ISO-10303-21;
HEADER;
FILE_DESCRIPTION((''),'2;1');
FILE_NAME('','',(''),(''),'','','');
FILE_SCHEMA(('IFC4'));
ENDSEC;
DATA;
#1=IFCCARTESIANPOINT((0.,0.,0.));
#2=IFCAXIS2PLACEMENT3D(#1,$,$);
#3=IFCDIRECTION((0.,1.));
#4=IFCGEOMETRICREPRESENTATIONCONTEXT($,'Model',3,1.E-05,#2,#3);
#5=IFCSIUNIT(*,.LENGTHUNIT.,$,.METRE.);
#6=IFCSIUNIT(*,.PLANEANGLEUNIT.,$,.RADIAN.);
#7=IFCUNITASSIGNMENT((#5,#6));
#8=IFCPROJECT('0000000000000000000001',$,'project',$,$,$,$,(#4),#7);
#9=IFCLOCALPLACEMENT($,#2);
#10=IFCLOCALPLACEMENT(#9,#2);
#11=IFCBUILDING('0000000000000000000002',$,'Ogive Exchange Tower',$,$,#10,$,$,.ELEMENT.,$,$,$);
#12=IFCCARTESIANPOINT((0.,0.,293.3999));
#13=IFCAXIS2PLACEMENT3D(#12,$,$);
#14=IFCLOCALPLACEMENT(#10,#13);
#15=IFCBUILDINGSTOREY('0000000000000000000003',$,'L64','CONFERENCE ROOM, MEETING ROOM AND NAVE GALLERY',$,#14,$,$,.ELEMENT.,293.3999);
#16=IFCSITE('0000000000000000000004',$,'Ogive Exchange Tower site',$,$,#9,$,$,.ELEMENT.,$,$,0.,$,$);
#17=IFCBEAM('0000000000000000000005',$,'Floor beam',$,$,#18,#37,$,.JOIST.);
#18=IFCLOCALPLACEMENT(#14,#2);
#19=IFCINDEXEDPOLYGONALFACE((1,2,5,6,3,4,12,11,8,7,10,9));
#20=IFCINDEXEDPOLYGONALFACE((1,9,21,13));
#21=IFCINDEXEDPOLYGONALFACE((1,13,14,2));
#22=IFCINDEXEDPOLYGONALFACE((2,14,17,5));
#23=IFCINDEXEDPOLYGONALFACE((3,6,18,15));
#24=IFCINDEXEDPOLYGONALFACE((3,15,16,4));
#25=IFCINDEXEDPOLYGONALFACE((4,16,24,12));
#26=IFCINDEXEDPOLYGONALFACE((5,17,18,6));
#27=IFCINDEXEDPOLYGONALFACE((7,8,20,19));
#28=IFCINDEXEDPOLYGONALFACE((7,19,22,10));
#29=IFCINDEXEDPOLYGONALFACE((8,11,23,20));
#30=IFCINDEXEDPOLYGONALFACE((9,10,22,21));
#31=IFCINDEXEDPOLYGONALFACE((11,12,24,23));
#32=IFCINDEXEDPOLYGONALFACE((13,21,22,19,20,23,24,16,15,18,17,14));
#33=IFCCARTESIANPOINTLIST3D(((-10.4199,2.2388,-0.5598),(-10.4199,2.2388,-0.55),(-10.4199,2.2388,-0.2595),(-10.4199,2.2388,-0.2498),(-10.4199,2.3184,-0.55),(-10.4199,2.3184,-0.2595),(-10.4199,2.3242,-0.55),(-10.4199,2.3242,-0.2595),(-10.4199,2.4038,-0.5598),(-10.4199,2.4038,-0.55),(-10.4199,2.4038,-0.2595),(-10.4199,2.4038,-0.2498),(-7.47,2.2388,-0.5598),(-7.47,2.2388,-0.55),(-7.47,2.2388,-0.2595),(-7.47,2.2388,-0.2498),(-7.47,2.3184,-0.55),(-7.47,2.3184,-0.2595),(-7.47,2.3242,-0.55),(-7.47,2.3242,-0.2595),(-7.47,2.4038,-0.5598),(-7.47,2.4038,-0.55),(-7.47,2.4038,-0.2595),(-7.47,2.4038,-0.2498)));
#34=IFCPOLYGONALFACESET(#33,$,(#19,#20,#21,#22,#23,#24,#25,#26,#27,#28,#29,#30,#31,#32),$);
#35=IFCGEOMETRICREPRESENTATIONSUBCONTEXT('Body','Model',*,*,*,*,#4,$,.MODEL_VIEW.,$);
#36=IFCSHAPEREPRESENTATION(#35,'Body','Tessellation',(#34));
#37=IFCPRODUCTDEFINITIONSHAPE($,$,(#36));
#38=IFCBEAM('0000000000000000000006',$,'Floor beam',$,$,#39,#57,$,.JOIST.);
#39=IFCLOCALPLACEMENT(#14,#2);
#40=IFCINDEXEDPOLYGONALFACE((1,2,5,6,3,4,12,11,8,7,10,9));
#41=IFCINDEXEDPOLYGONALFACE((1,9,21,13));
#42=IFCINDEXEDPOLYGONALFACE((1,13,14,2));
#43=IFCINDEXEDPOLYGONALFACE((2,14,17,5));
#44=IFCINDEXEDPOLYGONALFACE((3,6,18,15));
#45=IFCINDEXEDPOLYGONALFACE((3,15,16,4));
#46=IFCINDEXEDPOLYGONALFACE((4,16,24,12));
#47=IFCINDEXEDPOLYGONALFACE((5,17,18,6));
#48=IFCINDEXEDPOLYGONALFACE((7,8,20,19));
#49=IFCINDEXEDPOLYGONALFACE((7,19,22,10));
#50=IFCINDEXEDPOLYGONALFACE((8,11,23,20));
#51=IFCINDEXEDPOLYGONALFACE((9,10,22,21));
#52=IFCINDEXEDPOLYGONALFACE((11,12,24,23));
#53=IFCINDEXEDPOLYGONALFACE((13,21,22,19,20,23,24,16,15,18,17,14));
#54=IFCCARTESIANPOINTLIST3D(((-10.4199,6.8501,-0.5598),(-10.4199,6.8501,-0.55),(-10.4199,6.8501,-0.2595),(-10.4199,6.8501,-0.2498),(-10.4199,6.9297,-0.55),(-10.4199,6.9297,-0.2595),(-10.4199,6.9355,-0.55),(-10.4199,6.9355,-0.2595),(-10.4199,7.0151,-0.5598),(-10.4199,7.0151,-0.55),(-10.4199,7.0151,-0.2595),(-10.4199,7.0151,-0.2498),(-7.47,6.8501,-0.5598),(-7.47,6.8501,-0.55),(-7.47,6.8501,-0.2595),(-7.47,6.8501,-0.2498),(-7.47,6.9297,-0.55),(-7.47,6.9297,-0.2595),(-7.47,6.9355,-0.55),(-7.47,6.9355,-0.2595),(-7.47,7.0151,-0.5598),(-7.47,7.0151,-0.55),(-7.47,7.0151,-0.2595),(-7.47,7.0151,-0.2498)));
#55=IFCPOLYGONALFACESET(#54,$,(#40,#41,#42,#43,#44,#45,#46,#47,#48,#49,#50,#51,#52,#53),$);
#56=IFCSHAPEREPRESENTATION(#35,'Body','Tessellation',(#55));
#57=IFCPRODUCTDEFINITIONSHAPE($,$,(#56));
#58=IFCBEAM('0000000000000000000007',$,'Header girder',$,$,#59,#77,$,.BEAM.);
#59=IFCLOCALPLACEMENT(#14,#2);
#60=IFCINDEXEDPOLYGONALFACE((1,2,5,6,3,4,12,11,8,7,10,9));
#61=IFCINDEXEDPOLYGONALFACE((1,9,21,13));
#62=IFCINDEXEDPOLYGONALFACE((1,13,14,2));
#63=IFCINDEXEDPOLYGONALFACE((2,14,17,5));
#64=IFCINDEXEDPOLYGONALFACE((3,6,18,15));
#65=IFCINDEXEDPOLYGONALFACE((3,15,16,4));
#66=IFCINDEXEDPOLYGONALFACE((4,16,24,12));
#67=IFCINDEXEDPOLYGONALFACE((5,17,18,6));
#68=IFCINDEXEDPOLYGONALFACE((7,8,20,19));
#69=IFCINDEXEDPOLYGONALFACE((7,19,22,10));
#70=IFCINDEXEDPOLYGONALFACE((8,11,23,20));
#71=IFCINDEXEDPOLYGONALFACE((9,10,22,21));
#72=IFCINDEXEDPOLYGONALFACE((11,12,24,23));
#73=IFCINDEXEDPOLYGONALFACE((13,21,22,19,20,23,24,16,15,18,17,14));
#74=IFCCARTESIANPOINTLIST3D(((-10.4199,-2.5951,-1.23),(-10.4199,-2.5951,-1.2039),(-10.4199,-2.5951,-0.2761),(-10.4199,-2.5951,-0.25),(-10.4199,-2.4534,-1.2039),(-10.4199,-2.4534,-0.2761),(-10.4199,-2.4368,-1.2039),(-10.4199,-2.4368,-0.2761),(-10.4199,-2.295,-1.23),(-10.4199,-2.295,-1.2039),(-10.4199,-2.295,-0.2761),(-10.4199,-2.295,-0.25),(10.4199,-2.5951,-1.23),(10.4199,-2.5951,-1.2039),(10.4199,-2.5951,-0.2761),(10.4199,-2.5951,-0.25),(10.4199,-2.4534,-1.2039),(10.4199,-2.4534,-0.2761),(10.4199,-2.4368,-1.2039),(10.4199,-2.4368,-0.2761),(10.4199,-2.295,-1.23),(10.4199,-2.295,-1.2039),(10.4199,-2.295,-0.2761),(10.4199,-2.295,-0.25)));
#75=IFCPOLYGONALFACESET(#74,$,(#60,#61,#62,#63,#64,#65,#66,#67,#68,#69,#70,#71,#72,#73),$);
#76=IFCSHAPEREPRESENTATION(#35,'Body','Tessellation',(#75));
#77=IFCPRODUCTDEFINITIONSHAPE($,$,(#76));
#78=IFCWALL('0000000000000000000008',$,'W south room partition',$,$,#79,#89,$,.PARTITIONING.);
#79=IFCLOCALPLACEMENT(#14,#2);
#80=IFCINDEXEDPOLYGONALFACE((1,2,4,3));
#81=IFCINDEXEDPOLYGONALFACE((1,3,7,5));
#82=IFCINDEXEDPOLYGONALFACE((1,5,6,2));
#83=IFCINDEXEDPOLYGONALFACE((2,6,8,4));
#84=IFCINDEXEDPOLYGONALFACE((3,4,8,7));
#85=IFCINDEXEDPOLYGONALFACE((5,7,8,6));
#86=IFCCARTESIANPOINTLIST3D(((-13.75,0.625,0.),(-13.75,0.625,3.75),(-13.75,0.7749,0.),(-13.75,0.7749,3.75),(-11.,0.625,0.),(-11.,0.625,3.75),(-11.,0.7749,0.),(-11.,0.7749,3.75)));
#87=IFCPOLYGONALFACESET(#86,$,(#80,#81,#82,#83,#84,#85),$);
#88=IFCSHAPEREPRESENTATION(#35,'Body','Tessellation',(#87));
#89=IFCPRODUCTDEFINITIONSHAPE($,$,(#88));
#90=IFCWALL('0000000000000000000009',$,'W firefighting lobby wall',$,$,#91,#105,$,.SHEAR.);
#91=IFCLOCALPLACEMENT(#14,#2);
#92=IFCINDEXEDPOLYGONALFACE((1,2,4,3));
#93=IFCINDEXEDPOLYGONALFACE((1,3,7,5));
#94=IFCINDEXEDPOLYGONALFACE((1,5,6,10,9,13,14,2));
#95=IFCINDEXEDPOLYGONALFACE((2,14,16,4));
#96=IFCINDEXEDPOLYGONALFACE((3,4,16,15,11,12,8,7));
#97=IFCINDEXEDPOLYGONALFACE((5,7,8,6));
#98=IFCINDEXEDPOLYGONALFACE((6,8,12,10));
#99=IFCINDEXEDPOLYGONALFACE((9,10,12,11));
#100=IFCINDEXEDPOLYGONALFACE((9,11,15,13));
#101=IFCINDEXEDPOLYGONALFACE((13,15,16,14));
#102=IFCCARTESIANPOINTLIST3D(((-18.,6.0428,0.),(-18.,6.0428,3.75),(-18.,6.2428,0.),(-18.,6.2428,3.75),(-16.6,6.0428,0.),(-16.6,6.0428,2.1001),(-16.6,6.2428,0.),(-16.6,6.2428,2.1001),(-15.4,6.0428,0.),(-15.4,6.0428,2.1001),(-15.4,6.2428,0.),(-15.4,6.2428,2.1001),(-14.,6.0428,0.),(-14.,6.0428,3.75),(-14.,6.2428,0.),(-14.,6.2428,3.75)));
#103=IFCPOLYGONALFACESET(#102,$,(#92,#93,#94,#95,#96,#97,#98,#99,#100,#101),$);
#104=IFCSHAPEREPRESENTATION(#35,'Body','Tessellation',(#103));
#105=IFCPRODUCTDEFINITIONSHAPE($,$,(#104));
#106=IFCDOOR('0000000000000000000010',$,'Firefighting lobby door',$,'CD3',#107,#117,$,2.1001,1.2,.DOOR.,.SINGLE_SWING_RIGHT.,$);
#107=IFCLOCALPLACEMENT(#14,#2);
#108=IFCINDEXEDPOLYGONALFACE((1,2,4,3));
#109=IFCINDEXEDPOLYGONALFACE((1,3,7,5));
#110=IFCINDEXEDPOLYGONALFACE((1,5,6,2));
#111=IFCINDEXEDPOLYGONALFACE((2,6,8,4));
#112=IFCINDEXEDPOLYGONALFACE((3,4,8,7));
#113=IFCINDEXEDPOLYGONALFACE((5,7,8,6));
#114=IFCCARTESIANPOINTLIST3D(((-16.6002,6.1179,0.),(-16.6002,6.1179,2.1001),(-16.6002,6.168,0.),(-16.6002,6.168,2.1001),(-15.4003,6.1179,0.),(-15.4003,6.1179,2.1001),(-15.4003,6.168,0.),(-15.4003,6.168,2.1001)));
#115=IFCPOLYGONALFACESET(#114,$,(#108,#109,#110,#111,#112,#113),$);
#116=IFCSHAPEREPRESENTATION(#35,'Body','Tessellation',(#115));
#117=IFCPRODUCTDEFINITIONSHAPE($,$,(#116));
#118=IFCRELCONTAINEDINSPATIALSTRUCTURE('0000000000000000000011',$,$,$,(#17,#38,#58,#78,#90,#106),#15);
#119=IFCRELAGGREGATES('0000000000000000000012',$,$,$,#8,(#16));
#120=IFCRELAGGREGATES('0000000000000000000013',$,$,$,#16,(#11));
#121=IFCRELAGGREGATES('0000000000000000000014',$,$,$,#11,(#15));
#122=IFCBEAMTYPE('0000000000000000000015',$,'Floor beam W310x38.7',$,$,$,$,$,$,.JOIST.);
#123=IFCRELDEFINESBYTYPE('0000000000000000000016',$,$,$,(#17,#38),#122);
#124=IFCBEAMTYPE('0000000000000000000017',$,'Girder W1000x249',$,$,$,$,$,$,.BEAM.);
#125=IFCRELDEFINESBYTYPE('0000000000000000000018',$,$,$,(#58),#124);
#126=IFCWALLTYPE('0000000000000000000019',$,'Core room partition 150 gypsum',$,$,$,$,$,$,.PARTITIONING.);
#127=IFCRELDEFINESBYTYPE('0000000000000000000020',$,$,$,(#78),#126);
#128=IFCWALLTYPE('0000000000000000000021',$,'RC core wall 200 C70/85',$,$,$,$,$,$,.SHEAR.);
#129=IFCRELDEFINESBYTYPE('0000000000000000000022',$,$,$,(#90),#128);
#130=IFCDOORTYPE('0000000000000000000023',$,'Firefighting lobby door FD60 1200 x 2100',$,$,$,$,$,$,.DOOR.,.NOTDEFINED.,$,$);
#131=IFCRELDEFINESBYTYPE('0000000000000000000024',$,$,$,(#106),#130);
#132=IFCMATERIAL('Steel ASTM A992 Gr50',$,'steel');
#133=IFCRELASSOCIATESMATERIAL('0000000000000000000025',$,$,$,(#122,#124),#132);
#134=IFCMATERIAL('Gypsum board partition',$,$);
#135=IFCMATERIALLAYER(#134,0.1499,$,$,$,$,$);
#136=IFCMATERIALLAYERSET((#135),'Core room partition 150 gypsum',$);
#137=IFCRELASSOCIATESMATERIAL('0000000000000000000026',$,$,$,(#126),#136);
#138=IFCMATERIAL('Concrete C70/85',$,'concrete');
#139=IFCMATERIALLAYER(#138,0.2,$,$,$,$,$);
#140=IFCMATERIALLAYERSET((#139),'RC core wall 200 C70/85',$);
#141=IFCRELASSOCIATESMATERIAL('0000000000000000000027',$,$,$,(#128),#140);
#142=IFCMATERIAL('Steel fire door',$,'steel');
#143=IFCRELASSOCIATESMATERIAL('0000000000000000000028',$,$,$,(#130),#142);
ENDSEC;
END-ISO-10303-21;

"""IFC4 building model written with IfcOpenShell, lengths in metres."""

from ifc_helpers import new_model, si_unit, direction, frame, frame_2d, origin, origin_2d, place, context, subcontext, project, spatial, rectangle, i_section, extrude, material, layer, layer_set, material_profile, profile_set, type_object, element, fill, save


model = new_model("IFC4")

# Units and contexts
model_context = context("Model", 3, precision=1e-05, world=origin(), true_north=direction((0.0, 1.0)))
body_context = subcontext(model_context, "Body", "Model", "MODEL_VIEW")
ifc_project = project(units=[si_unit("LENGTHUNIT", "METRE"), si_unit("PLANEANGLEUNIT", "RADIAN")], contexts=[model_context])

# Site, building, storey
site_placement = place(None, origin())
site = spatial("IfcSite", under=ifc_project, at=site_placement, Name="Ogive Exchange Tower site", CompositionType="ELEMENT", RefElevation=0.0)
building_placement = place(site_placement, origin())
building = spatial("IfcBuilding", under=site, at=building_placement, Name="Ogive Exchange Tower", CompositionType="ELEMENT")
storey_placement = place(building_placement, frame((0.0, 0.0, 293.3999)))
storey = spatial("IfcBuildingStorey", under=building, at=storey_placement, Name="L64", Description="CONFERENCE ROOM, MEETING ROOM AND NAVE GALLERY", CompositionType="ELEMENT", Elevation=293.3999)

# Beams
ifc_material_1 = material(Name="Steel ASTM A992 Gr50", Category="steel")
ifc_material_profile_1 = material_profile(ifc_material_1, i_section(OverallWidth=0.165, OverallDepth=0.3101, WebThickness=0.0059, FlangeThickness=0.0098, at=origin_2d()), Name="W310x38.7")
ifc_profile_set_1 = profile_set([ifc_material_profile_1], Name="Steel ASTM A992 Gr50")
beam_type_1 = type_object("IfcBeamType", Name="Floor beam W310x38.7", PredefinedType="JOIST", material=ifc_profile_set_1)
for number, where, z_axis, x_axis, name in (
    (1, (-10.4199, 2.3213, -0.4048), (1.0, 0.0, 0.0), (0.0, 1.0, 0.0), "Floor beam"),
    (2, (-10.4199, 6.9326, -0.4048), (1.0, 0.0, 0.0), (0.0, 1.0, 0.0), "Floor beam"),
):
    element("IfcBeam", number, at=place(storey_placement, frame(where, z_axis=z_axis, x_axis=x_axis)), inside=storey, type_object=beam_type_1, Name=name, PredefinedType="JOIST", context=body_context, shape_type="SweptSolid", body=[
        extrude(i_section(OverallWidth=0.165, OverallDepth=0.3101, WebThickness=0.0059, FlangeThickness=0.0098, at=origin_2d()), origin(), (0.0, 0.0, 1.0), 2.95),
    ])
ifc_material_profile_2 = material_profile(ifc_material_1, i_section(OverallWidth=0.3, OverallDepth=0.98, WebThickness=0.0166, FlangeThickness=0.0261, at=origin_2d()), Name="W1000x249")
ifc_profile_set_2 = profile_set([ifc_material_profile_2], Name="Steel ASTM A992 Gr50")
beam_type_2 = type_object("IfcBeamType", Name="Girder W1000x249", PredefinedType="BEAM", material=ifc_profile_set_2)
beam_placement = place(storey_placement, frame((-10.4199, -2.4451, -0.74), z_axis=(1.0, 0.0, 0.0), x_axis=(0.0, 1.0, 0.0)))
element("IfcBeam", 3, at=beam_placement, inside=storey, type_object=beam_type_2, Name="Header girder", PredefinedType="BEAM", context=body_context, shape_type="SweptSolid", body=[
    extrude(i_section(OverallWidth=0.3, OverallDepth=0.98, WebThickness=0.0166, FlangeThickness=0.0261, at=origin_2d()), origin(), (0.0, 0.0, 1.0), 20.8398),
])

# Wall
ifc_material_2 = material(Name="Gypsum board partition")
ifc_layer_1 = layer(ifc_material_2, 0.1499)
ifc_layer_set_1 = layer_set([ifc_layer_1], Name="Core room partition 150 gypsum")
wall_type_1 = type_object("IfcWallType", Name="Core room partition 150 gypsum", PredefinedType="PARTITIONING", material=ifc_layer_set_1)
wall_1_placement = place(storey_placement, frame((-13.75, 0.7, 0.0), z_axis=(0.0, 0.0, 1.0), x_axis=(1.0, 0.0, 0.0)))
element("IfcWall", 4, at=wall_1_placement, inside=storey, type_object=wall_type_1, Name="W south room partition", PredefinedType="PARTITIONING", context=body_context, shape_type="SweptSolid", body=[
    extrude(rectangle(XDim=2.75, YDim=0.1499, at=frame_2d((1.375, 0.0))), origin(), (0.0, 0.0, 1.0), 3.75),
])

# Wall, opening, door
ifc_material_3 = material(Name="Concrete C70/85", Category="concrete")
ifc_layer_2 = layer(ifc_material_3, 0.2)
ifc_layer_set_2 = layer_set([ifc_layer_2], Name="RC core wall 200 C70/85")
wall_type_2 = type_object("IfcWallType", Name="RC core wall 200 C70/85", PredefinedType="SHEAR", material=ifc_layer_set_2)
wall_2_placement = place(storey_placement, frame((-18.0, 6.1428, 0.0), z_axis=(0.0, 0.0, 1.0), x_axis=(1.0, 0.0, 0.0)))
wall_2 = element("IfcWall", 5, at=wall_2_placement, inside=storey, type_object=wall_type_2, Name="W firefighting lobby wall", PredefinedType="SHEAR", context=body_context, shape_type="SweptSolid", body=[
    extrude(rectangle(XDim=4.0, YDim=0.2, at=frame_2d((2.0, 0.0))), origin(), (0.0, 0.0, 1.0), 3.75),
])
opening_1_placement = place(wall_2_placement, frame((1.3999, 0.0, 0.0)))
opening_1 = element("IfcOpeningElement", 6, at=opening_1_placement, cuts=wall_2, PredefinedType="OPENING", context=body_context, shape_type="SweptSolid", body=[
    extrude(rectangle(XDim=1.2, YDim=2.1001, at=frame_2d((0.6001, 1.05))), frame((0.0, 0.1099, 0.0), z_axis=(0.0, -1.0, 0.0), x_axis=(1.0, 0.0, 0.0)), (0.0, 0.0, 1.0), 0.22),
])
ifc_material_4 = material(Name="Steel fire door", Category="steel")
door_type_1 = type_object("IfcDoorType", Name="Firefighting lobby door FD60 1200 x 2100", OperationType="NOTDEFINED", PredefinedType="DOOR", material=ifc_material_4)
door_1_placement = place(opening_1_placement, frame((1.2, 0.0, 0.0), z_axis=(0.0, 0.0, 1.0), x_axis=(-1.0, 0.0, 0.0)))
door_1 = element("IfcDoor", 7, at=door_1_placement, inside=storey, type_object=door_type_1, Name="Firefighting lobby door", ObjectType="CD3", OperationType="SINGLE_SWING_RIGHT", OverallHeight=2.1001, OverallWidth=1.2, PredefinedType="DOOR", context=body_context, shape_type="SweptSolid", body=[
    extrude(rectangle(XDim=1.2, YDim=2.1001, at=frame_2d((0.6001, 1.05))), frame((0.0, 0.0249, 0.0), z_axis=(0.0, -1.0, 0.0), x_axis=(1.0, 0.0, 0.0)), (0.0, 0.0, 1.0), 0.05),
])
fill(opening_1, door_1)

save(model, "model.ifc")
